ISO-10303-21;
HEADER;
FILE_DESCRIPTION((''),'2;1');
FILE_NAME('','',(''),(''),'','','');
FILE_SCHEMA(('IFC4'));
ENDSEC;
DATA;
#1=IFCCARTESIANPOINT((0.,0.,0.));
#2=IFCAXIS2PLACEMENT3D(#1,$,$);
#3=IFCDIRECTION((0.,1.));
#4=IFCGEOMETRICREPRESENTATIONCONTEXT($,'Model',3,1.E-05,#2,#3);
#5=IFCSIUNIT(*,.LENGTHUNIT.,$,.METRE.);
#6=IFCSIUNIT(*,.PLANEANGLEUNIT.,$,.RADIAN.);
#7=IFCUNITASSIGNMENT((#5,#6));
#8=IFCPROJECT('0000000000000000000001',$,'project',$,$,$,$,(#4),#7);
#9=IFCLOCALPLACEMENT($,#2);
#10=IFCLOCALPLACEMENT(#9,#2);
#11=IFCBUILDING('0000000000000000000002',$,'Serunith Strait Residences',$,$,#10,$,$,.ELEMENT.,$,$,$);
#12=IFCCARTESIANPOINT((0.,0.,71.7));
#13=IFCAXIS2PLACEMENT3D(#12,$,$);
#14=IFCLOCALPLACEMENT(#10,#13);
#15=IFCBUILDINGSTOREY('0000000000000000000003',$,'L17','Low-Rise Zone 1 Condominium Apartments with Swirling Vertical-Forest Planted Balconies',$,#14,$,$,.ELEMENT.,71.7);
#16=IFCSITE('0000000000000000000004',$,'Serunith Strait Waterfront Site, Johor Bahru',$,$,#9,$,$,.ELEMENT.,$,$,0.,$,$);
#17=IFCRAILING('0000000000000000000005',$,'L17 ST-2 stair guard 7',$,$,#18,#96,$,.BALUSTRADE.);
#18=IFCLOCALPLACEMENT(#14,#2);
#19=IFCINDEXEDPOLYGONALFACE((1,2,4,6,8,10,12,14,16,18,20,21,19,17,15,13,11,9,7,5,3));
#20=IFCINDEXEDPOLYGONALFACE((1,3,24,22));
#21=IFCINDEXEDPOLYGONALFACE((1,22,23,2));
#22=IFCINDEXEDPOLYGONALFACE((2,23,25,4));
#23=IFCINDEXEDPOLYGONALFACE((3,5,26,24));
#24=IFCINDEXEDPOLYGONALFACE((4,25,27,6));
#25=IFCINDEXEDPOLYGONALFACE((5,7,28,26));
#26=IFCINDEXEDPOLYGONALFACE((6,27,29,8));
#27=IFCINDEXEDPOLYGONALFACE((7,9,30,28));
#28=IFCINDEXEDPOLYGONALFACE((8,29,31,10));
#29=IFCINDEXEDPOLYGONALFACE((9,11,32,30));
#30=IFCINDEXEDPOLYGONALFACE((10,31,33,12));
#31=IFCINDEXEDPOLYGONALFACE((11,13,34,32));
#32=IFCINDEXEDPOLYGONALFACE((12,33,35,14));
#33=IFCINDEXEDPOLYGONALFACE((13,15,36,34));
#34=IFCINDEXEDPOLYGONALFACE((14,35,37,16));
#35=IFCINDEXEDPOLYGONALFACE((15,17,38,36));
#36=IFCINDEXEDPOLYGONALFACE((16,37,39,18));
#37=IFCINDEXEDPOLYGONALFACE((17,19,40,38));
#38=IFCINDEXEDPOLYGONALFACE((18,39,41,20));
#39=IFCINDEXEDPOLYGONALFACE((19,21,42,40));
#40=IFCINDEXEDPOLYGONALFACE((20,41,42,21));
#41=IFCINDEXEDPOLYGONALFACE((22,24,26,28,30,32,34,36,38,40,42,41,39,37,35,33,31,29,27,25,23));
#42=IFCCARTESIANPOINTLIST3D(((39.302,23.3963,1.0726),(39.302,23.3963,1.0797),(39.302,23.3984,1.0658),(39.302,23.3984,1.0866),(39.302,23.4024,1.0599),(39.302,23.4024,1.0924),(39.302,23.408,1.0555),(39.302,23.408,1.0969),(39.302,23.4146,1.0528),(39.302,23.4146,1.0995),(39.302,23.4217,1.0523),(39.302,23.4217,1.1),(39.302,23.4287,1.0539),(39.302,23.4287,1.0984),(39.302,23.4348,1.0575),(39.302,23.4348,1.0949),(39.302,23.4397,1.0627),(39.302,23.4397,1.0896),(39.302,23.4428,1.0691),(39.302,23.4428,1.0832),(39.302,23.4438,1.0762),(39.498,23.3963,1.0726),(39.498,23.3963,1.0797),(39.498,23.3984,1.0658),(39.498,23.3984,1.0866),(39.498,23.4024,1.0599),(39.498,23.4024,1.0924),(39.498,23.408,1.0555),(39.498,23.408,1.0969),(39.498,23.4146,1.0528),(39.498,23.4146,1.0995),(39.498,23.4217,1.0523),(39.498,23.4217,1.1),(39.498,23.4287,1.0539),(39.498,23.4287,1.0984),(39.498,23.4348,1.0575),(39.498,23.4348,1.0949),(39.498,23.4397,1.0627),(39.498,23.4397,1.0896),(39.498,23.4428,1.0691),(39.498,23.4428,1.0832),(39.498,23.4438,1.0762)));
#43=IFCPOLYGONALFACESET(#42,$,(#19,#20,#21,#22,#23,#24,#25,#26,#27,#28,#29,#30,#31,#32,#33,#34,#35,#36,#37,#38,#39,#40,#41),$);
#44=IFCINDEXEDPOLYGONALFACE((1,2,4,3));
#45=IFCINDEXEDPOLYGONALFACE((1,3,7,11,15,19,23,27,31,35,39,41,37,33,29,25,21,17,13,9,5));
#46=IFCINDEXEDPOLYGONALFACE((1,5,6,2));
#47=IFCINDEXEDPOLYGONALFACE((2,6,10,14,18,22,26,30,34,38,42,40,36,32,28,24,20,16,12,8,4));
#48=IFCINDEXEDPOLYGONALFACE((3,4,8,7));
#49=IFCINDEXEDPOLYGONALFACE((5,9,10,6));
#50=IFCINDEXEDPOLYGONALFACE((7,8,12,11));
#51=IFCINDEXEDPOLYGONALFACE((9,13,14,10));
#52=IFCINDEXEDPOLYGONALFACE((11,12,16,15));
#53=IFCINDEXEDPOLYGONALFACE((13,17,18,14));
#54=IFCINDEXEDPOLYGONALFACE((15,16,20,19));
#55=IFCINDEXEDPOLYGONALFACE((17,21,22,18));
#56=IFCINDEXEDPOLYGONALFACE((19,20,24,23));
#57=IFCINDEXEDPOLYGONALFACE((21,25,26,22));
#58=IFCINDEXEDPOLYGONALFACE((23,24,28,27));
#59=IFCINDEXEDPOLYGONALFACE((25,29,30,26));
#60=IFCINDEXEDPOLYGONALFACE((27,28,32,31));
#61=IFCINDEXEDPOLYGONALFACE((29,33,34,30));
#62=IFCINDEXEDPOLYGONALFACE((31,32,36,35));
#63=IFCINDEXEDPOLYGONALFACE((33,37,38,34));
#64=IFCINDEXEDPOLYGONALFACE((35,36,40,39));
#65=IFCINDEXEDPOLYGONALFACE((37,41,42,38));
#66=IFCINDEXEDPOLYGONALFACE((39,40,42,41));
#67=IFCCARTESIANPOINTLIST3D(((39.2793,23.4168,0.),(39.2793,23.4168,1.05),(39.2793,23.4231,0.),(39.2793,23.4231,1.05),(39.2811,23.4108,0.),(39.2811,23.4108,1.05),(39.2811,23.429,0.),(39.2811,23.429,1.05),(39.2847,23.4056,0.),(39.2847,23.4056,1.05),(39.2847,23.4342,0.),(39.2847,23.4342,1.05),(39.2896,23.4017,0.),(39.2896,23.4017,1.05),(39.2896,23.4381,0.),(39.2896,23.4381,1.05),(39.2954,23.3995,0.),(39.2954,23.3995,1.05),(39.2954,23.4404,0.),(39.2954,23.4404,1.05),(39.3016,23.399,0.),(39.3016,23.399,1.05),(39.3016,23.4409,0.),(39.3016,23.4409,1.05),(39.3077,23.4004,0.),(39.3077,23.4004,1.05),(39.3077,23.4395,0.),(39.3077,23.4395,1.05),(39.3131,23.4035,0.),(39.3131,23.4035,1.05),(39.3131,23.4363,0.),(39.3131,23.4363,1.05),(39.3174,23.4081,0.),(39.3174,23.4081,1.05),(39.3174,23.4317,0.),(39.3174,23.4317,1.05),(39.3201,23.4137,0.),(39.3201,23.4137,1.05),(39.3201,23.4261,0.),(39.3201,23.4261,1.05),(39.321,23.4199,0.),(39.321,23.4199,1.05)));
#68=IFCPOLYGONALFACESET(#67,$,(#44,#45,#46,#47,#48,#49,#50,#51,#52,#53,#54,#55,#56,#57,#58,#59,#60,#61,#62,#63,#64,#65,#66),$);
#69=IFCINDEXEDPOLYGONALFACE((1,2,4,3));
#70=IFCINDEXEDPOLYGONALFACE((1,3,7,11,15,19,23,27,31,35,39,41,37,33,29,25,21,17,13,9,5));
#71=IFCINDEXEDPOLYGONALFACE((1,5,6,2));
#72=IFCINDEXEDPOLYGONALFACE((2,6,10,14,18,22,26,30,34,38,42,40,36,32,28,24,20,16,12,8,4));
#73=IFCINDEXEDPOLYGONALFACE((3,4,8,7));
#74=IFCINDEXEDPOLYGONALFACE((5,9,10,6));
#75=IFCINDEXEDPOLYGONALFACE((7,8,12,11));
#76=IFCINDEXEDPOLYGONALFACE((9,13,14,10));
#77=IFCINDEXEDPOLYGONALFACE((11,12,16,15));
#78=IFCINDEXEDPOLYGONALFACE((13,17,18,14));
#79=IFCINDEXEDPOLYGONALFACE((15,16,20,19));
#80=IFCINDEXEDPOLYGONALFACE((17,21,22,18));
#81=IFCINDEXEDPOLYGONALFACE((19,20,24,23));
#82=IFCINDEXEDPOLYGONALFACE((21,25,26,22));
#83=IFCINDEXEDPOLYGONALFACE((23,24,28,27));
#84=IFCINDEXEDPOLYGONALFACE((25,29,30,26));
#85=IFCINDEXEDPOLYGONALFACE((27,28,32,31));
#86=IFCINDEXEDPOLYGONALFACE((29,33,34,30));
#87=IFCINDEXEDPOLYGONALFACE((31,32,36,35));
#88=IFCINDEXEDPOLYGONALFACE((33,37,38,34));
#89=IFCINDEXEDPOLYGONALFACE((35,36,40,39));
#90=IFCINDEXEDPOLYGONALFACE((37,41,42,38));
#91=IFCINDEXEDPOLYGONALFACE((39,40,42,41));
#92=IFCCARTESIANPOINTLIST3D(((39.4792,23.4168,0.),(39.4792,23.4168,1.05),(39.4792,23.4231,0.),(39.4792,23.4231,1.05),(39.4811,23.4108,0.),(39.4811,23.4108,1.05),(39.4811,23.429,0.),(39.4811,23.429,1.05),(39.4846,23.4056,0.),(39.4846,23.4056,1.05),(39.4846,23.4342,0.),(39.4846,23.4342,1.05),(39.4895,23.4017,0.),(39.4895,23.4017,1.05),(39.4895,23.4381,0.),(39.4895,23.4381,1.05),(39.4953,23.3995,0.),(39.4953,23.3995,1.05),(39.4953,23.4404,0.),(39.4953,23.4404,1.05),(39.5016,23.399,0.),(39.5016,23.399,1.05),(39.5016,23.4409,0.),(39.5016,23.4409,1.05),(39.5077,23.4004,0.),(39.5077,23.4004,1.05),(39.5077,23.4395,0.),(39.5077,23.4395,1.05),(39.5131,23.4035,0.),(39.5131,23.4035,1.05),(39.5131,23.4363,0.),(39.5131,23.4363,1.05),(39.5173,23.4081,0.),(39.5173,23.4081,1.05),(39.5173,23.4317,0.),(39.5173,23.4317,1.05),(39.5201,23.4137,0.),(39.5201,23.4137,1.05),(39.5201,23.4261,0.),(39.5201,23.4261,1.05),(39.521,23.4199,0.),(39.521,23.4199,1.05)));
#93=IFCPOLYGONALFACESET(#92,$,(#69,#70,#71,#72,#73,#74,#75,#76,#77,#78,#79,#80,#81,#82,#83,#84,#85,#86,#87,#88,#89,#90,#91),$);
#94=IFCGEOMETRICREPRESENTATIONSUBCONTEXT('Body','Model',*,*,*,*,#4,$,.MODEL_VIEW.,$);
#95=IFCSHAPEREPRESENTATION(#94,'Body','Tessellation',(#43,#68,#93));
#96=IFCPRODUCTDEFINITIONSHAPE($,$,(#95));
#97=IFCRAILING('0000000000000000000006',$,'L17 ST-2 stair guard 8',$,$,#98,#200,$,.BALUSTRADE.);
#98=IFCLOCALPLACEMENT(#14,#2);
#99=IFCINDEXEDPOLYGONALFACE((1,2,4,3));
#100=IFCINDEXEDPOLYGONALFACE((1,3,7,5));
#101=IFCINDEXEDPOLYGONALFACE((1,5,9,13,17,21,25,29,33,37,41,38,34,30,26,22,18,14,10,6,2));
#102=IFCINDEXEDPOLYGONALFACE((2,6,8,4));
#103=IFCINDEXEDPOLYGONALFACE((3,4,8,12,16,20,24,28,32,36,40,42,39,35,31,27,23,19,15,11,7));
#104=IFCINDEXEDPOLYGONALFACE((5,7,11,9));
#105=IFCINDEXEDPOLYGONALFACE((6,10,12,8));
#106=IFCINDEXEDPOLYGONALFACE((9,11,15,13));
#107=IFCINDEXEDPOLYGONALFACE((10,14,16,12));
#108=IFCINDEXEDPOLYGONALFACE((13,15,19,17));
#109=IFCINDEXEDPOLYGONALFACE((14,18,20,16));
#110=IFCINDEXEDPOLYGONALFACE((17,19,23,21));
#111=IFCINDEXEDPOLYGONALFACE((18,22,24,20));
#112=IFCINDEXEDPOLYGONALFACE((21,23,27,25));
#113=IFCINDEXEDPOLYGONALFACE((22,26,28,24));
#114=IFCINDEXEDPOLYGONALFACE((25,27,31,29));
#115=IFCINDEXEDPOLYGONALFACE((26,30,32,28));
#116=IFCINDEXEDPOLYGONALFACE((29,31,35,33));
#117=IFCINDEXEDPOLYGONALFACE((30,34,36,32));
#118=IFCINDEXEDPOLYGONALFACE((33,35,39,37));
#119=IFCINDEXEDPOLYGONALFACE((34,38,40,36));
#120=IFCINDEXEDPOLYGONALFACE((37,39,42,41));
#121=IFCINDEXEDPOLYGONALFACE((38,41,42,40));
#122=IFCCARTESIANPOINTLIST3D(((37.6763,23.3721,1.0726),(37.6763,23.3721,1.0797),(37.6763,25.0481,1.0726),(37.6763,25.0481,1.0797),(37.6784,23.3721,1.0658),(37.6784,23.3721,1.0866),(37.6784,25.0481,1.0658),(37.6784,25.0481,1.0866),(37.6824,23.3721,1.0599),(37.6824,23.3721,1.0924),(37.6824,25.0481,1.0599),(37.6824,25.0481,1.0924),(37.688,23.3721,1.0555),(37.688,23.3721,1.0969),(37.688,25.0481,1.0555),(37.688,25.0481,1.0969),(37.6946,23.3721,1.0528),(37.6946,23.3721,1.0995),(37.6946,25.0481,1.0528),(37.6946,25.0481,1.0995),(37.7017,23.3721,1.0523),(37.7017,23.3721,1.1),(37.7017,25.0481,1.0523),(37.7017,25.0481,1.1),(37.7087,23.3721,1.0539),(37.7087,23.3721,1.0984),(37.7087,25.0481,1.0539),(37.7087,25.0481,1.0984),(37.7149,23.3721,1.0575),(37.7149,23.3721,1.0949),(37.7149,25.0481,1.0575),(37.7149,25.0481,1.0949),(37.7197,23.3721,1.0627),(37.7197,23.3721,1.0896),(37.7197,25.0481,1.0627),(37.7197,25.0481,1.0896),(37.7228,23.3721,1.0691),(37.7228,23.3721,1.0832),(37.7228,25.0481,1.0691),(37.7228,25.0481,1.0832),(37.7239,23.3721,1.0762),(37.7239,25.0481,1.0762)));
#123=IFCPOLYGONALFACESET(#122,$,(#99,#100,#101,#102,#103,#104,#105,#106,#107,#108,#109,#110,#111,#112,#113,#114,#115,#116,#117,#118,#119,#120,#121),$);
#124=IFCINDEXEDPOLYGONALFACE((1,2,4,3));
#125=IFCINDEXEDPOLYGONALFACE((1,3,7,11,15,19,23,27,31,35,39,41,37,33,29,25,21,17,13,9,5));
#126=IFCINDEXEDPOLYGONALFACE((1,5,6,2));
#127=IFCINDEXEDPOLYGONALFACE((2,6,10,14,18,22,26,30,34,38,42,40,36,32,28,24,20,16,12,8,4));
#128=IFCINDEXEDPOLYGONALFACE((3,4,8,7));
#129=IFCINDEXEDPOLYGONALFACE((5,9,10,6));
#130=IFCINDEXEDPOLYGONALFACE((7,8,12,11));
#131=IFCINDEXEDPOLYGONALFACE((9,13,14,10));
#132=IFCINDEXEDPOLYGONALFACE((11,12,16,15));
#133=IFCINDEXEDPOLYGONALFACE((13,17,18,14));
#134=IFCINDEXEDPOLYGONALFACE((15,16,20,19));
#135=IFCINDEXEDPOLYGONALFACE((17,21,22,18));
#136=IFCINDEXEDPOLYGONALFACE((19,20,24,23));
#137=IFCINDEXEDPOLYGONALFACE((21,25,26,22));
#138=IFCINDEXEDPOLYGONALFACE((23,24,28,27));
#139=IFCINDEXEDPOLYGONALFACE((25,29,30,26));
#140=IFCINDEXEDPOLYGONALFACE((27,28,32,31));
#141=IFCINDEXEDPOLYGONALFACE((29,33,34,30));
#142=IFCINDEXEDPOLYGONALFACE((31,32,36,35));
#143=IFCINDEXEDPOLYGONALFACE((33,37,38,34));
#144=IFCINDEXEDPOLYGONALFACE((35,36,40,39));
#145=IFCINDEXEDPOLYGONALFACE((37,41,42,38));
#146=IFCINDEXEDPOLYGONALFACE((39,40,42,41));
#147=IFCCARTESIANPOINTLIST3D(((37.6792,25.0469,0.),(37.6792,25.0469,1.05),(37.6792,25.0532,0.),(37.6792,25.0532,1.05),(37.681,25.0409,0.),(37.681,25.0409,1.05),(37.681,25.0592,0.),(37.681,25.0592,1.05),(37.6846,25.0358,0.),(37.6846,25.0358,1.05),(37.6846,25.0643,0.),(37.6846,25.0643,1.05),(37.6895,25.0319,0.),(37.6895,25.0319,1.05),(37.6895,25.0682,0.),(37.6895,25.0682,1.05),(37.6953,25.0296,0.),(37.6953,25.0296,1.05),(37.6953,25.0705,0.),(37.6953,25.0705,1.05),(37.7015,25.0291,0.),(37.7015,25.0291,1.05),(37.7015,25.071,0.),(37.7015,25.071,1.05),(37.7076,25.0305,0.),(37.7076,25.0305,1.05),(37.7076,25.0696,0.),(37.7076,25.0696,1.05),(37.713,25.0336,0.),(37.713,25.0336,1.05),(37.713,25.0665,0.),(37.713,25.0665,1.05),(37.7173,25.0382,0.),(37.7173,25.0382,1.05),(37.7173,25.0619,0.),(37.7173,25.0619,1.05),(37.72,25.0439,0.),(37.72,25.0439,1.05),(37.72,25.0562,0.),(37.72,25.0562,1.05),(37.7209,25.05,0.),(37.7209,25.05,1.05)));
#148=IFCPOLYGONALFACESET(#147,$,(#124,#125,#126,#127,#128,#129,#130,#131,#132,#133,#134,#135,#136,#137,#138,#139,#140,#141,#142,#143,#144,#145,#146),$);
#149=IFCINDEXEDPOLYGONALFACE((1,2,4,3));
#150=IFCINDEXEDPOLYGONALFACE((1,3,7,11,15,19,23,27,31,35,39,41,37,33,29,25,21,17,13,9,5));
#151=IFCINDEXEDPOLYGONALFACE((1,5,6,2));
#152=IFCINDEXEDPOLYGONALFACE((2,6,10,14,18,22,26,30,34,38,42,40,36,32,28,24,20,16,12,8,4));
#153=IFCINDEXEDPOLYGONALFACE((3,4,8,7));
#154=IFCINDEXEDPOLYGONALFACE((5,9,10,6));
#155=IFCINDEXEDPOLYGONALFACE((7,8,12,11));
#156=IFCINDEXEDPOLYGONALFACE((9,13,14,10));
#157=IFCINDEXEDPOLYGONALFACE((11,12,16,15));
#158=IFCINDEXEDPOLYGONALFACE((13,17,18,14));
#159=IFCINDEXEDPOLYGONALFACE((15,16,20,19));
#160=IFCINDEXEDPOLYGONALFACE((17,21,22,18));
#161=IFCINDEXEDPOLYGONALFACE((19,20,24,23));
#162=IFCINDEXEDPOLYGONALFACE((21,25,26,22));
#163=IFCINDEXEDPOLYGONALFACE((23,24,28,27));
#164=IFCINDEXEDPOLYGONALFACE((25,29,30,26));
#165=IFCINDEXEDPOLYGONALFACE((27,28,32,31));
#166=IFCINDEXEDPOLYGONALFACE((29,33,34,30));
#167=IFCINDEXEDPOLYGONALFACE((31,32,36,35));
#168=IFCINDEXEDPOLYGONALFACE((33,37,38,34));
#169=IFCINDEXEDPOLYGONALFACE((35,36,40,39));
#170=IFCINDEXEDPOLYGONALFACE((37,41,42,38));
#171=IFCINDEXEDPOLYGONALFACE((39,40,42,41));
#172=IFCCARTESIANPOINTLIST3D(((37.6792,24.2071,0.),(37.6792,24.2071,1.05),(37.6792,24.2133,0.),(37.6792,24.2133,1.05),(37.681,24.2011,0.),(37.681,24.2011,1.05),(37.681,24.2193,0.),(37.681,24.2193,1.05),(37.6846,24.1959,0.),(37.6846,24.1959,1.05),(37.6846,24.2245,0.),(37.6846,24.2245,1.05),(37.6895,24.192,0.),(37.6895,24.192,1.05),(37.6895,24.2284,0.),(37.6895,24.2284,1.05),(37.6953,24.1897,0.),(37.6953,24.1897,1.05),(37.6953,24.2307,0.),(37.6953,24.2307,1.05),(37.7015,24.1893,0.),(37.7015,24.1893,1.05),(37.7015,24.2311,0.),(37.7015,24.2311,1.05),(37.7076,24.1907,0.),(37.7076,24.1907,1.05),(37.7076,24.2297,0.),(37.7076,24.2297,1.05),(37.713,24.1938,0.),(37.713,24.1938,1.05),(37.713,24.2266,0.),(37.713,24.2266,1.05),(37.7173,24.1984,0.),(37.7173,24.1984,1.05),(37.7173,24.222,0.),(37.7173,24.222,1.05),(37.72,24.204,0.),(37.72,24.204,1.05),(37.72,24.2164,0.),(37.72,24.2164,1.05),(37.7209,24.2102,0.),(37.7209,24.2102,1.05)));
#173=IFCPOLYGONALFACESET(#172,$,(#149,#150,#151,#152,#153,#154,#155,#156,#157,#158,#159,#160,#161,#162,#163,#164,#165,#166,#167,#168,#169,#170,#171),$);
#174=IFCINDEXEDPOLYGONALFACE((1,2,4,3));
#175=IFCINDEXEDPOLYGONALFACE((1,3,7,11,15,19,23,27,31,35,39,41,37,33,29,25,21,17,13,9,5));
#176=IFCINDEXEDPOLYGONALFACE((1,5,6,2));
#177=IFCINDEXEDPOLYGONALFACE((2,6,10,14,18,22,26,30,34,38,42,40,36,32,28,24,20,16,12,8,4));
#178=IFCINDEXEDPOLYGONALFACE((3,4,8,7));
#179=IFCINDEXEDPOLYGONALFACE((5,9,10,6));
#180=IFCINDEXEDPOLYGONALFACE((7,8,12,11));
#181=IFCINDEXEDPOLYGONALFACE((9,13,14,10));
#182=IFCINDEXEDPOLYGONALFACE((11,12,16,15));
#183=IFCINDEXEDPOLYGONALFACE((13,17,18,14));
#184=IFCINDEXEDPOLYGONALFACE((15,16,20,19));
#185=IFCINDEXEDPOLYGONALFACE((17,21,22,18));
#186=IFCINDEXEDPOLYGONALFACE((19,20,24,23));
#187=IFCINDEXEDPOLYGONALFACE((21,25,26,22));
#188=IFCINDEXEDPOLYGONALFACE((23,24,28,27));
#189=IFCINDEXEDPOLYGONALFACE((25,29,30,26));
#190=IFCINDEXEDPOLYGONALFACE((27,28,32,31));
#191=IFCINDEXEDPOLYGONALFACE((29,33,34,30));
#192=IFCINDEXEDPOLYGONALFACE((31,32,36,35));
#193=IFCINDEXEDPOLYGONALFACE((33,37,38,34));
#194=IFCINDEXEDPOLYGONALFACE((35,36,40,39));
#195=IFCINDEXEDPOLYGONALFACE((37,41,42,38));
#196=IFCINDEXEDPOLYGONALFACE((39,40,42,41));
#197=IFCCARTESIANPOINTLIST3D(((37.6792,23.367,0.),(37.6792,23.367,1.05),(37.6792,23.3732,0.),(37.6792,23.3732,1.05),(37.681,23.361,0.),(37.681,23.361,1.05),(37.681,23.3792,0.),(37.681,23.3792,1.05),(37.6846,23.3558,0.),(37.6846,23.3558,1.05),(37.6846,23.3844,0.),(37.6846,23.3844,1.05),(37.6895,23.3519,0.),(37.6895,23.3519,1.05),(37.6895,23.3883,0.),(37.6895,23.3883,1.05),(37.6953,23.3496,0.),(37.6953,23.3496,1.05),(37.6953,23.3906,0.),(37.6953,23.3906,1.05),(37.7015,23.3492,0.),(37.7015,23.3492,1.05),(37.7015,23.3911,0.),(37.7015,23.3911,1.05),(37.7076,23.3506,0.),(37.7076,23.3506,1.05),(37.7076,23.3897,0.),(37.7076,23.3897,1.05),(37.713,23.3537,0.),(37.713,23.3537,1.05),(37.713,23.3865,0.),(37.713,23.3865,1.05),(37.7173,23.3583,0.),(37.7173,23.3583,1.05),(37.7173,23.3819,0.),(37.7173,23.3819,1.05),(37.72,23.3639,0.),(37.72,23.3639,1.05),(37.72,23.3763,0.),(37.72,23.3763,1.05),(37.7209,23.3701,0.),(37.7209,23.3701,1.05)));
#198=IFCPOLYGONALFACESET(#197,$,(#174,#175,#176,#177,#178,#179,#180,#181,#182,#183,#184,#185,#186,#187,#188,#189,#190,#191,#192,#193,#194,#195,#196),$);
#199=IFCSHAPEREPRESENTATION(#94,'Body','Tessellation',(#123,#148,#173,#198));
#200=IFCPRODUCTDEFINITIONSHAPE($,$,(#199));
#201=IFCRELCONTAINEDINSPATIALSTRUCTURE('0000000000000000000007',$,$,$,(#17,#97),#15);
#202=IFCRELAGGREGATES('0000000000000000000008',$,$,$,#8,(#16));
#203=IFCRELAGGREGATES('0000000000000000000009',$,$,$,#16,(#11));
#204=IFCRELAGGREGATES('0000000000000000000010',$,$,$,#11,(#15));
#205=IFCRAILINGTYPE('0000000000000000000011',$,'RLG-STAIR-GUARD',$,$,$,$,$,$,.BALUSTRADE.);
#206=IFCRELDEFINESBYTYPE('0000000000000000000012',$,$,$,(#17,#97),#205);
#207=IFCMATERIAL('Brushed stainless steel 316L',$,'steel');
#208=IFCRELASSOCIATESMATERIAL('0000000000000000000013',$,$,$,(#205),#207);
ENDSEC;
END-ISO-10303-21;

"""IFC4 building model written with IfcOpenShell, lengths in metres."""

from ifc_helpers import new_model, si_unit, direction, frame, origin, origin_2d, place, context, subcontext, project, spatial, circle, extrude, material, type_object, element, save


model = new_model("IFC4")

# Units and contexts
model_context = context("Model", 3, precision=1e-05, world=origin(), true_north=direction((0.0, 1.0)))
body_context = subcontext(model_context, "Body", "Model", "MODEL_VIEW")
ifc_project = project(units=[si_unit("LENGTHUNIT", "METRE"), si_unit("PLANEANGLEUNIT", "RADIAN")], contexts=[model_context])

# Site, building, storey
site_placement = place(None, origin())
site = spatial("IfcSite", under=ifc_project, at=site_placement, Name="Serunith Strait Waterfront Site, Johor Bahru", CompositionType="ELEMENT", RefElevation=0.0)
building_placement = place(site_placement, origin())
building = spatial("IfcBuilding", under=site, at=building_placement, Name="Serunith Strait Residences", CompositionType="ELEMENT")
storey_placement = place(building_placement, frame((0.0, 0.0, 71.7)))
storey = spatial("IfcBuildingStorey", under=building, at=storey_placement, Name="L17", Description="Low-Rise Zone 1 Condominium Apartments with Swirling Vertical-Forest Planted Balconies", CompositionType="ELEMENT", Elevation=71.7)

# Railings
ifc_material_1 = material(Name="Brushed stainless steel 316L", Category="steel")
railing_type_1 = type_object("IfcRailingType", Name="RLG-STAIR-GUARD", PredefinedType="BALUSTRADE", material=ifc_material_1)
railing_1_placement = place(storey_placement, frame((39.3, 23.4199, 0.0)))
element("IfcRailing", 1, at=railing_1_placement, inside=storey, type_object=railing_type_1, Name="L17 ST-2 stair guard 7", PredefinedType="BALUSTRADE", context=body_context, shape_type="SweptSolid", body=[
    extrude(circle(Radius=0.0239, at=origin_2d()), frame((0.002, 0.0, 1.0762), z_axis=(1.0, 0.0, 0.0), x_axis=(0.0, 1.0, 0.0)), (0.0, 0.0, 1.0), 0.196),
    extrude(circle(Radius=0.021, at=origin_2d()), origin(), (0.0, 0.0, 1.0), 1.05),
    extrude(circle(Radius=0.021, at=origin_2d()), frame((0.2, 0.0, 0.0)), (0.0, 0.0, 1.0), 1.05),
])
railing_2_placement = place(storey_placement, frame((37.7, 25.05, 0.0)))
element("IfcRailing", 2, at=railing_2_placement, inside=storey, type_object=railing_type_1, Name="L17 ST-2 stair guard 8", PredefinedType="BALUSTRADE", context=body_context, shape_type="SweptSolid", body=[
    extrude(circle(Radius=0.0239, at=origin_2d()), frame((0.0, -0.002, 1.0762), z_axis=(0.0, -1.0, 0.0), x_axis=(1.0, 0.0, 0.0)), (0.0, 0.0, 1.0), 1.676),
    extrude(circle(Radius=0.021, at=origin_2d()), origin(), (0.0, 0.0, 1.0), 1.05),
    extrude(circle(Radius=0.021, at=origin_2d()), frame((0.0, -0.8398, 0.0)), (0.0, 0.0, 1.0), 1.05),
    extrude(circle(Radius=0.021, at=origin_2d()), frame((0.0, -1.6799, 0.0)), (0.0, 0.0, 1.0), 1.05),
])

save(model, "model.ifc")
